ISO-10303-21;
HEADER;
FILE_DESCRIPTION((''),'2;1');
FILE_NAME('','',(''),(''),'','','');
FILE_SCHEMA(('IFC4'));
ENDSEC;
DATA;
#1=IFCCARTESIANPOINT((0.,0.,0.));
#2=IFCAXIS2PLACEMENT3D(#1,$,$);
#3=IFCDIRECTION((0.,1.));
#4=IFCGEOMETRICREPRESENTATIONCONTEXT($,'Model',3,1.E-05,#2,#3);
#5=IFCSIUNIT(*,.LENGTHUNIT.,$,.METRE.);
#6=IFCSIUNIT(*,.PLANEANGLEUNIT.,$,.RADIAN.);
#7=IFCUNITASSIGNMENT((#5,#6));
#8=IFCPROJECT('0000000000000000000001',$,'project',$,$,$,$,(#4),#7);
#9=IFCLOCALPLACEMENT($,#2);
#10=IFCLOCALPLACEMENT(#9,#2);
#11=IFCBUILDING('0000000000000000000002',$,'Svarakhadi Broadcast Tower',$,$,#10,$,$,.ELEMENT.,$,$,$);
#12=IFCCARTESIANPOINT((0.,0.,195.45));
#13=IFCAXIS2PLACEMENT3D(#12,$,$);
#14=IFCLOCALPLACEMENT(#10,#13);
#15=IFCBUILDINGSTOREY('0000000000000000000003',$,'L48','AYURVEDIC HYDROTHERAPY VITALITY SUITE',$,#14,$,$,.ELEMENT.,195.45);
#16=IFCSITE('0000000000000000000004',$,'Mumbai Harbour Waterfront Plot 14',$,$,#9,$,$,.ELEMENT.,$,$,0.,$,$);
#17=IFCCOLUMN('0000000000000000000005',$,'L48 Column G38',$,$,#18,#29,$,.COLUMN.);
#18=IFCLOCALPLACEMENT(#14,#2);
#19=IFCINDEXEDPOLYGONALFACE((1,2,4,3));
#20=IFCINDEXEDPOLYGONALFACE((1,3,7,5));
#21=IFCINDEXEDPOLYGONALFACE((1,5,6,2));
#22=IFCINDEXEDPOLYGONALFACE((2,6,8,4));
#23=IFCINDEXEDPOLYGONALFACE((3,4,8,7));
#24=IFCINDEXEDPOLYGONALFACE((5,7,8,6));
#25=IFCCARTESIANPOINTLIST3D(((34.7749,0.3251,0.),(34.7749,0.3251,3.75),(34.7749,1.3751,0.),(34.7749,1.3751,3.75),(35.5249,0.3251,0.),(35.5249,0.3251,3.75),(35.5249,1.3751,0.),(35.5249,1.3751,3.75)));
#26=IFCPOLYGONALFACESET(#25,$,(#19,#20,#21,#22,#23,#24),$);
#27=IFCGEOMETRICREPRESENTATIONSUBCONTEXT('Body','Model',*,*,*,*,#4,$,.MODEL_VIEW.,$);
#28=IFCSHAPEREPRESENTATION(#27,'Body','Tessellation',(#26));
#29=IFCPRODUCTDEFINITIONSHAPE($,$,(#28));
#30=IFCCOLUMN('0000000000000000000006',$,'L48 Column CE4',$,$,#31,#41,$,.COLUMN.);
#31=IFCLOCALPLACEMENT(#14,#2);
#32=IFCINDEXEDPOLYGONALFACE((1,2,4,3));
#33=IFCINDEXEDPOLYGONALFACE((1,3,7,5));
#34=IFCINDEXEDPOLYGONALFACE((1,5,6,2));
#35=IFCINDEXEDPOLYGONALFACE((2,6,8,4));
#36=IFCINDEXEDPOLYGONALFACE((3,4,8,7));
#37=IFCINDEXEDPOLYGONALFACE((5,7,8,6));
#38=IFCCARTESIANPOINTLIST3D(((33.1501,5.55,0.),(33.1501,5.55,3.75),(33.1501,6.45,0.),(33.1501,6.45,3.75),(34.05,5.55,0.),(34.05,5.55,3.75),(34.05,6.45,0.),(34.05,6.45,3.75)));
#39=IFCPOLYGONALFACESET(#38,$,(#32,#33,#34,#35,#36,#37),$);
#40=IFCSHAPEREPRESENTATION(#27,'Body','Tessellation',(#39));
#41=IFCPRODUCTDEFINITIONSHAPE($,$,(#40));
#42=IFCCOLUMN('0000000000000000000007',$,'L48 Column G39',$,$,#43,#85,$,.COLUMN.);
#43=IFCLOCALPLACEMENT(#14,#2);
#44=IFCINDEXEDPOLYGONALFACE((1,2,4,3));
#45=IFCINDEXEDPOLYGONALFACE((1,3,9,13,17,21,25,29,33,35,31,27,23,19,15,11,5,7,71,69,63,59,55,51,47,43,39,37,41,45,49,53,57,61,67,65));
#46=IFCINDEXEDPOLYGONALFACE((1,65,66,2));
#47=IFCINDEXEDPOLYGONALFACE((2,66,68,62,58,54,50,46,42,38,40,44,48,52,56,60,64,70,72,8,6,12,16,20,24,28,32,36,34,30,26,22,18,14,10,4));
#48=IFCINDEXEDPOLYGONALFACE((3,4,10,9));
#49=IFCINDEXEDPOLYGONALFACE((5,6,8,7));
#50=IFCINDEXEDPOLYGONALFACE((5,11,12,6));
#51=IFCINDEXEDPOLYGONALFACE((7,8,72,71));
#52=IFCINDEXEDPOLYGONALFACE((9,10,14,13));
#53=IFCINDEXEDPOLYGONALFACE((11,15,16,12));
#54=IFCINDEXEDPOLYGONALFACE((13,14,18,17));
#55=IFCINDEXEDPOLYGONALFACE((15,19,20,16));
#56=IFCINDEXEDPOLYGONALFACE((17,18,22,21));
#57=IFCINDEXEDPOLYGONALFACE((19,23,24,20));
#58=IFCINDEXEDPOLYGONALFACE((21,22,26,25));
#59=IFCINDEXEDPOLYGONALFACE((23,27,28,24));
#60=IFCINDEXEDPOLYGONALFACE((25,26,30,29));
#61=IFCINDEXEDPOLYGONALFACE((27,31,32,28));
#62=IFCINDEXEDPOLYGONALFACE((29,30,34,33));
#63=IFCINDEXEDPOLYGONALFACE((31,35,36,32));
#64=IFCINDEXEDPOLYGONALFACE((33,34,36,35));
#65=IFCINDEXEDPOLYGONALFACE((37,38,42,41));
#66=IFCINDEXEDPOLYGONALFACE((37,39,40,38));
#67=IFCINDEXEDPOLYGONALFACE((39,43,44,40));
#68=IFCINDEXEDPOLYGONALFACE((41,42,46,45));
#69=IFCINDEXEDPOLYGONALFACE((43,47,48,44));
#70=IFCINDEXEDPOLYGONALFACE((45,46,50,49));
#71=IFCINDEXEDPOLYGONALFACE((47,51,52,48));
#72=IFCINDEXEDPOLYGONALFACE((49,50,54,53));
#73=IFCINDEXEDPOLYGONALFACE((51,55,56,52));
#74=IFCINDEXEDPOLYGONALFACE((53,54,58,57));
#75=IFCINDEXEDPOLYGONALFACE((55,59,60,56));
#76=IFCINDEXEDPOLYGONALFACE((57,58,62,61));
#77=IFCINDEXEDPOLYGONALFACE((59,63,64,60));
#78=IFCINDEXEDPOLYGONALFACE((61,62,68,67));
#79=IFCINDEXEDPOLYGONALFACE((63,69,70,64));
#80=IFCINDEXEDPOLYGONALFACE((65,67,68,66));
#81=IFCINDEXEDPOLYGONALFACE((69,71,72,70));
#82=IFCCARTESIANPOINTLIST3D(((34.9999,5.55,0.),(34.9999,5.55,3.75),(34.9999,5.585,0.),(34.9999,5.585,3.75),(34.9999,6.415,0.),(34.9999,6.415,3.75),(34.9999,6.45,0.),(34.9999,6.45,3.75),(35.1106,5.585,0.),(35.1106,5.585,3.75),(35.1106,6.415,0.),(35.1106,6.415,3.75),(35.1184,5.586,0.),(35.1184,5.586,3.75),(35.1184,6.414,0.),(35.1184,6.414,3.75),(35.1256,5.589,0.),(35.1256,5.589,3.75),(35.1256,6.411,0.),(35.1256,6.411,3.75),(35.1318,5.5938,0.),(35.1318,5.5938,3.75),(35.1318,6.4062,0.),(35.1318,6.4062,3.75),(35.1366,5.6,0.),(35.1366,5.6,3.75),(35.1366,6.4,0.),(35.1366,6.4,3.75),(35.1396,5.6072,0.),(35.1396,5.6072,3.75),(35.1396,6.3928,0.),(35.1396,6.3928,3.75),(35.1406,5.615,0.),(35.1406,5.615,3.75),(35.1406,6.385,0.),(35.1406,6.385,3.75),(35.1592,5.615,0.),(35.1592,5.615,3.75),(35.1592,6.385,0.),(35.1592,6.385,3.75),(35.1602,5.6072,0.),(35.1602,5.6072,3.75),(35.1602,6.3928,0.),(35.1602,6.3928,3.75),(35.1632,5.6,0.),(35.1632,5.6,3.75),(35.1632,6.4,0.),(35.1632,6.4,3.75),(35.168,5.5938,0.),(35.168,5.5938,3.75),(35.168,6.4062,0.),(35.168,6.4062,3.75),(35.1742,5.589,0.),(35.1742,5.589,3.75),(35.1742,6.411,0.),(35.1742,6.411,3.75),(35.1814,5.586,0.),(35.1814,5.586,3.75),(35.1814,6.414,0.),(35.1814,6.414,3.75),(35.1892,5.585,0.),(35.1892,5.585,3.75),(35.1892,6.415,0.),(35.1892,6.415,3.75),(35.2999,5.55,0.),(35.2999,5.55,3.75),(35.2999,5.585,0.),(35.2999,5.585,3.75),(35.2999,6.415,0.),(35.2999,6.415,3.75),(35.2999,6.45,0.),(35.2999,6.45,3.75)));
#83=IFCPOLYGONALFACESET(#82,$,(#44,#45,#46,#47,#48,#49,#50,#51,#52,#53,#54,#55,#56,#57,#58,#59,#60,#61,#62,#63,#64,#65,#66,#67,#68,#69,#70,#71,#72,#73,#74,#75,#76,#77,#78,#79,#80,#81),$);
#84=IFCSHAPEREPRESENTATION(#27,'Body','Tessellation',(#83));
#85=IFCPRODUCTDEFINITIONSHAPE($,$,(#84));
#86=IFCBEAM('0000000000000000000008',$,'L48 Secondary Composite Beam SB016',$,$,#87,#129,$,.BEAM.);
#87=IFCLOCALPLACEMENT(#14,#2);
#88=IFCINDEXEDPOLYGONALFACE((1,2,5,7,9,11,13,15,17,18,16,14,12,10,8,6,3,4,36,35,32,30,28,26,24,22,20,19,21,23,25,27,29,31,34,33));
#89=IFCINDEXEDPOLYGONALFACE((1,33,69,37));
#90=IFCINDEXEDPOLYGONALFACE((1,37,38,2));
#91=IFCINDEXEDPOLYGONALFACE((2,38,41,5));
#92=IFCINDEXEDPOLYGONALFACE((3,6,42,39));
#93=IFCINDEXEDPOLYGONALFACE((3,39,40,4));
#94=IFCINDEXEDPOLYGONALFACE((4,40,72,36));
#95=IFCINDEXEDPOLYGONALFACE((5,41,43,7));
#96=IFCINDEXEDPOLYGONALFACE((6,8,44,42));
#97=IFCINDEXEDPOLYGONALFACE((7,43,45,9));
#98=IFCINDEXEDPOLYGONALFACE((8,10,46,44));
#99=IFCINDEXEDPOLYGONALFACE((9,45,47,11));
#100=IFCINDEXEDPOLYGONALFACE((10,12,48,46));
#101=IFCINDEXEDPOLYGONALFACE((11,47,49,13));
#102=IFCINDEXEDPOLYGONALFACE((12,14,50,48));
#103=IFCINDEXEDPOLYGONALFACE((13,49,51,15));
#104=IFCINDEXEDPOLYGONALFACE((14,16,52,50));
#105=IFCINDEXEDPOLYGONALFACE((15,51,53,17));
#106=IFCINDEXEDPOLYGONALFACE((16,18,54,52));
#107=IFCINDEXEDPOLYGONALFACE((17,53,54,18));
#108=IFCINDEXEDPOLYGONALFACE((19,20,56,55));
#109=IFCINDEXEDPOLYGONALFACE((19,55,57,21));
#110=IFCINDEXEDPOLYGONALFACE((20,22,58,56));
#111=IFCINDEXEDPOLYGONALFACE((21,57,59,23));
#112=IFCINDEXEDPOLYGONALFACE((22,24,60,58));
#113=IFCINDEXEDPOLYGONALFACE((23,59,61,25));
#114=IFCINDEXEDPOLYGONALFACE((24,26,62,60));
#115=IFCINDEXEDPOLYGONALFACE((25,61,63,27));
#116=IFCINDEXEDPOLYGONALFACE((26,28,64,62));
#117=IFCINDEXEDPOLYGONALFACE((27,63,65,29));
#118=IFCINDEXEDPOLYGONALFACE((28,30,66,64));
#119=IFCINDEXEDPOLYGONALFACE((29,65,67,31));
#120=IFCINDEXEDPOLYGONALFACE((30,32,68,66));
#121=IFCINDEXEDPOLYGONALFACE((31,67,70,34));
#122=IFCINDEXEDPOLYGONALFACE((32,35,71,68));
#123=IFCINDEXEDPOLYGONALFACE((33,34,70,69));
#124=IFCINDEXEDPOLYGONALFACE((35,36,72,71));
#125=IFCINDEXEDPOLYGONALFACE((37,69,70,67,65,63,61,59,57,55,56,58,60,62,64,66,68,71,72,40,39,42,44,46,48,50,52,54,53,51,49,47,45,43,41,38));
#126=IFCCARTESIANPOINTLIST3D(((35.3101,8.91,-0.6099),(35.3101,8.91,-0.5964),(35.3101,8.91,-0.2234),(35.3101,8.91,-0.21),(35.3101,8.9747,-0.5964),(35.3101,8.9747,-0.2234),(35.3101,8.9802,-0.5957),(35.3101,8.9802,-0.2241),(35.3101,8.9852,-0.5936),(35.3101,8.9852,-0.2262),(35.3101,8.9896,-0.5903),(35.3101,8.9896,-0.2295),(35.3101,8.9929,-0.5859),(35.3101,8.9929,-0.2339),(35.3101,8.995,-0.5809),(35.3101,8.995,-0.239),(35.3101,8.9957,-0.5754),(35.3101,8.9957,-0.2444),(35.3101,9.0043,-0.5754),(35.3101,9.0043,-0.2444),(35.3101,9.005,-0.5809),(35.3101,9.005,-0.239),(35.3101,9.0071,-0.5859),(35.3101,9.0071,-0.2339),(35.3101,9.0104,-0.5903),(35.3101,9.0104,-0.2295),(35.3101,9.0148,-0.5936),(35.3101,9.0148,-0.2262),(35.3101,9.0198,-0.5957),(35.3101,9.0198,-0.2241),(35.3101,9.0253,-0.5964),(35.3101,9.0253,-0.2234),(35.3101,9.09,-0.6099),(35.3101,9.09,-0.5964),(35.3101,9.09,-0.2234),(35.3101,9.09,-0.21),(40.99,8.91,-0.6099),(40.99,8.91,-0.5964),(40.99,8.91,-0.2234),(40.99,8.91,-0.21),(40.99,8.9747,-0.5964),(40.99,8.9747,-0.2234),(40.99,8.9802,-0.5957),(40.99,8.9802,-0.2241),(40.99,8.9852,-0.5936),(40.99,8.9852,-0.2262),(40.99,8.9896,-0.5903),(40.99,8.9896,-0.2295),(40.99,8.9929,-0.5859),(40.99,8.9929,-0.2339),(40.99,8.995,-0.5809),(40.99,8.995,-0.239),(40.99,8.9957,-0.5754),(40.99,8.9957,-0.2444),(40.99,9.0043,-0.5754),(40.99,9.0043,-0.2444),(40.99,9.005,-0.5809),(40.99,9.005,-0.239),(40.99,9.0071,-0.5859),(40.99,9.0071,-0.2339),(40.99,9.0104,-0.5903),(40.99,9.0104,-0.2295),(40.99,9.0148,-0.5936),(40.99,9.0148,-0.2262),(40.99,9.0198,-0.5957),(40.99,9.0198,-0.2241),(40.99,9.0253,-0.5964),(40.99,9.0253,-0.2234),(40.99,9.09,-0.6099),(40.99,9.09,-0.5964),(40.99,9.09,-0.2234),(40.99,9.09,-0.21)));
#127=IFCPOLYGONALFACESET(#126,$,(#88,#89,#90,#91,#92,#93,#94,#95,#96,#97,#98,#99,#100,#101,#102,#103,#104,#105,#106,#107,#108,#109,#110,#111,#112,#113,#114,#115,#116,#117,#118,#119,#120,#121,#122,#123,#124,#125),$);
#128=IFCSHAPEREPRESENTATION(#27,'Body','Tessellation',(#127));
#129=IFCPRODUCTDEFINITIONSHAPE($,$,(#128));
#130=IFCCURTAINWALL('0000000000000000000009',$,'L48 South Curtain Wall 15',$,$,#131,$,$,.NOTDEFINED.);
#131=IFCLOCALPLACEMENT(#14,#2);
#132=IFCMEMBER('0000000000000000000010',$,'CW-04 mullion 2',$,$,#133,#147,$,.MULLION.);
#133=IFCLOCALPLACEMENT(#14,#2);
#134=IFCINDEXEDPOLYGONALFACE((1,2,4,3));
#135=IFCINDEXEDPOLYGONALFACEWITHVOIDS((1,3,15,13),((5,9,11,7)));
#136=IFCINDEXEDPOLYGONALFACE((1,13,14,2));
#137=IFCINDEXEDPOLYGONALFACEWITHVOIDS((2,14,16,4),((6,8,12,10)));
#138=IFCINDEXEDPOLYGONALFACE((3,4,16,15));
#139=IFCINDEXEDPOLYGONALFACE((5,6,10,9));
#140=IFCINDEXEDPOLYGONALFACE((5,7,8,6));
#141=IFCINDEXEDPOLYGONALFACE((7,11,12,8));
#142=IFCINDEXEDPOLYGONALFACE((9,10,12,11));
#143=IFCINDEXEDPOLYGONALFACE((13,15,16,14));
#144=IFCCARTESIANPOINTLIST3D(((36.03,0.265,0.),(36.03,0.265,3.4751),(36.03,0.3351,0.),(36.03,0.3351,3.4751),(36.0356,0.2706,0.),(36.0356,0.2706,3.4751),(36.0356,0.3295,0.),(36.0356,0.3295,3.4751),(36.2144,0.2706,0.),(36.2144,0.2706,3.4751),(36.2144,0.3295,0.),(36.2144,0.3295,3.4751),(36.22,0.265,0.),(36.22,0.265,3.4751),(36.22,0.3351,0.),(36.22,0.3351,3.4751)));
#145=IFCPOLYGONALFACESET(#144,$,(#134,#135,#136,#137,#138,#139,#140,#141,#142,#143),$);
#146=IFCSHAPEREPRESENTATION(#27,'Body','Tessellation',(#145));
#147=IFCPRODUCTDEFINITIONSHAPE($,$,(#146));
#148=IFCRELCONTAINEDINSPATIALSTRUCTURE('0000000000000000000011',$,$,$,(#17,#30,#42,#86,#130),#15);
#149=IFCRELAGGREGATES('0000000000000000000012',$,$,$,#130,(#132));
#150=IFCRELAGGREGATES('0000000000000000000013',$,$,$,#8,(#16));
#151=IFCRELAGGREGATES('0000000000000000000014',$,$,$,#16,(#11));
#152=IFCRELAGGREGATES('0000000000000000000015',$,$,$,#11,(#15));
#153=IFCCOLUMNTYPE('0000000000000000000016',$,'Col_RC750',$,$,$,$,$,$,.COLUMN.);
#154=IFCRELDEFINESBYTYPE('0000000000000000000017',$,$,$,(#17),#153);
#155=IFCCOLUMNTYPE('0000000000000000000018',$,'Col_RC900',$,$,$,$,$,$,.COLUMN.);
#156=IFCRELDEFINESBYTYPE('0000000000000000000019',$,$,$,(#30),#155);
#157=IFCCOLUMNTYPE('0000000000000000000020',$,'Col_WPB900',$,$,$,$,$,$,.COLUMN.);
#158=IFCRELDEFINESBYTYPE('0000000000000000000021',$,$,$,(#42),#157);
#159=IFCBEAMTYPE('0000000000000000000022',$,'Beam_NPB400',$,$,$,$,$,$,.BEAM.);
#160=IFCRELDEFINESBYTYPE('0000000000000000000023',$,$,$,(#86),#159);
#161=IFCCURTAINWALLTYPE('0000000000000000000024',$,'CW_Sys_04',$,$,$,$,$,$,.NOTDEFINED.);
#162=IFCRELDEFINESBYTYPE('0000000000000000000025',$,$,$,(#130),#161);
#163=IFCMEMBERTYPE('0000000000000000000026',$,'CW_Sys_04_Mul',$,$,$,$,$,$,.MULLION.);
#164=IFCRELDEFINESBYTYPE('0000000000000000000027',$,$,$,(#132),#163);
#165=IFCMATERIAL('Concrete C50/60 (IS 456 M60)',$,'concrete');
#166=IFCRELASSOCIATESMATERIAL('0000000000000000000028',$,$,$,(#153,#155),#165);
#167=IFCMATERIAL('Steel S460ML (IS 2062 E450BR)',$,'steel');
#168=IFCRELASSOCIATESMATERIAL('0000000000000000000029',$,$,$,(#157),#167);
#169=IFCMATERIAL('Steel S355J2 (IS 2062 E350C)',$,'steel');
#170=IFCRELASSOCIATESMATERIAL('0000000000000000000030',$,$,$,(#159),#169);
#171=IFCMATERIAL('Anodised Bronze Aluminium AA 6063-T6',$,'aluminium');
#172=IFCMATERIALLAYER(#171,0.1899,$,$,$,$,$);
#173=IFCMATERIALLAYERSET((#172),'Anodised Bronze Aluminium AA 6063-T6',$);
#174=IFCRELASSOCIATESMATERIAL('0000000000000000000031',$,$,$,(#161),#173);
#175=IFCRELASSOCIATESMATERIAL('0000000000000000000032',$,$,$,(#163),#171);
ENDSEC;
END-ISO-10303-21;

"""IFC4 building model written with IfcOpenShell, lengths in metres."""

from ifc_helpers import new_model, si_unit, direction, frame, origin, origin_2d, place, context, subcontext, project, spatial, rectangle, hollow_rectangle, i_section, extrude, material, layer, layer_set, material_profile, profile_set, type_object, element, aggregate, save


model = new_model("IFC4")

# Units and contexts
model_context = context("Model", 3, precision=1e-05, world=origin(), true_north=direction((0.0, 1.0)))
body_context = subcontext(model_context, "Body", "Model", "MODEL_VIEW")
ifc_project = project(units=[si_unit("LENGTHUNIT", "METRE"), si_unit("PLANEANGLEUNIT", "RADIAN")], contexts=[model_context])

# Site, building, storey
site_placement = place(None, origin())
site = spatial("IfcSite", under=ifc_project, at=site_placement, Name="Mumbai Harbour Waterfront Plot 14", CompositionType="ELEMENT", RefElevation=0.0)
building_placement = place(site_placement, origin())
building = spatial("IfcBuilding", under=site, at=building_placement, Name="Svarakhadi Broadcast Tower", CompositionType="ELEMENT")
storey_placement = place(building_placement, frame((0.0, 0.0, 195.45)))
storey = spatial("IfcBuildingStorey", under=building, at=storey_placement, Name="L48", Description="AYURVEDIC HYDROTHERAPY VITALITY SUITE", CompositionType="ELEMENT", Elevation=195.45)

# Columns
ifc_material_1 = material(Name="Concrete C50/60 (IS 456 M60)", Category="concrete")
ifc_material_profile_1 = material_profile(ifc_material_1, rectangle(XDim=0.75, YDim=1.05, at=origin_2d()), Name="RC 750x1050")
ifc_profile_set_1 = profile_set([ifc_material_profile_1], Name="Concrete C50/60 (IS 456 M60)")
column_type_1 = type_object("IfcColumnType", Name="Col_RC750", PredefinedType="COLUMN", material=ifc_profile_set_1)
column_1_placement = place(storey_placement, frame((35.1499, 0.8501, 0.0), z_axis=(0.0, 0.0, 1.0), x_axis=(1.0, 0.0, 0.0)))
element("IfcColumn", 1, at=column_1_placement, inside=storey, type_object=column_type_1, Name="L48 Column G38", PredefinedType="COLUMN", context=body_context, shape_type="SweptSolid", body=[
    extrude(rectangle(XDim=0.75, YDim=1.05, at=origin_2d()), origin(), (0.0, 0.0, 1.0), 3.75),
])
ifc_material_profile_2 = material_profile(ifc_material_1, rectangle(XDim=0.8999, YDim=0.8999, at=origin_2d()), Name="RC 900x900")
ifc_profile_set_2 = profile_set([ifc_material_profile_2], Name="Concrete C50/60 (IS 456 M60)")
column_type_2 = type_object("IfcColumnType", Name="Col_RC900", PredefinedType="COLUMN", material=ifc_profile_set_2)
column_2_placement = place(storey_placement, frame((33.6001, 6.0, 0.0), z_axis=(0.0, 0.0, 1.0), x_axis=(1.0, 0.0, 0.0)))
element("IfcColumn", 2, at=column_2_placement, inside=storey, type_object=column_type_2, Name="L48 Column CE4", PredefinedType="COLUMN", context=body_context, shape_type="SweptSolid", body=[
    extrude(rectangle(XDim=0.8999, YDim=0.8999, at=origin_2d()), origin(), (0.0, 0.0, 1.0), 3.75),
])
ifc_material_2 = material(Name="Steel S460ML (IS 2062 E450BR)", Category="steel")
ifc_material_profile_3 = material_profile(ifc_material_2, i_section(OverallWidth=0.3, OverallDepth=0.8999, WebThickness=0.0186, FlangeThickness=0.0349, FilletRadius=0.03, at=origin_2d()), Name="WPB 900x300x291")
ifc_profile_set_3 = profile_set([ifc_material_profile_3], Name="Steel S460ML (IS 2062 E450BR)")
column_type_3 = type_object("IfcColumnType", Name="Col_WPB900", PredefinedType="COLUMN", material=ifc_profile_set_3)
column_3_placement = place(storey_placement, frame((35.1499, 6.0, 0.0), z_axis=(0.0, 0.0, 1.0), x_axis=(1.0, 0.0, 0.0)))
element("IfcColumn", 3, at=column_3_placement, inside=storey, type_object=column_type_3, Name="L48 Column G39", PredefinedType="COLUMN", context=body_context, shape_type="SweptSolid", body=[
    extrude(i_section(OverallWidth=0.3, OverallDepth=0.8999, WebThickness=0.0186, FlangeThickness=0.0349, FilletRadius=0.03, at=origin_2d()), origin(), (0.0, 0.0, 1.0), 3.75),
])

# Beam
ifc_material_3 = material(Name="Steel S355J2 (IS 2062 E350C)", Category="steel")
ifc_material_profile_4 = material_profile(ifc_material_3, i_section(OverallWidth=0.1799, OverallDepth=0.3999, WebThickness=0.0085, FlangeThickness=0.0134, FilletRadius=0.021, at=origin_2d()), Name="NPB 400x180x66")
ifc_profile_set_4 = profile_set([ifc_material_profile_4], Name="Steel S355J2 (IS 2062 E350C)")
beam_type_1 = type_object("IfcBeamType", Name="Beam_NPB400", PredefinedType="BEAM", material=ifc_profile_set_4)
beam_1_placement = place(storey_placement, frame((35.3101, 9.0, -0.4099), z_axis=(1.0, 0.0, 0.0), x_axis=(0.0, 1.0, 0.0)))
element("IfcBeam", 4, at=beam_1_placement, inside=storey, type_object=beam_type_1, Name="L48 Secondary Composite Beam SB016", PredefinedType="BEAM", context=body_context, shape_type="SweptSolid", body=[
    extrude(i_section(OverallWidth=0.1799, OverallDepth=0.3999, WebThickness=0.0085, FlangeThickness=0.0134, FilletRadius=0.021, at=origin_2d()), origin(), (0.0, 0.0, 1.0), 5.6799),
])

# Curtain wall, member
ifc_material_4 = material(Name="Anodised Bronze Aluminium AA 6063-T6", Category="aluminium")
ifc_layer_1 = layer(ifc_material_4, 0.1899)
ifc_layer_set_1 = layer_set([ifc_layer_1], Name="Anodised Bronze Aluminium AA 6063-T6")
curtain_wall_type = type_object("IfcCurtainWallType", Name="CW_Sys_04", PredefinedType="NOTDEFINED", material=ifc_layer_set_1)
curtain_wall_placement = place(storey_placement, origin())
curtain_wall = element("IfcCurtainWall", 5, at=curtain_wall_placement, inside=storey, type_object=curtain_wall_type, Name="L48 South Curtain Wall 15", PredefinedType="NOTDEFINED")
ifc_material_profile_5 = material_profile(ifc_material_4, hollow_rectangle(XDim=0.0701, YDim=0.1899, WallThickness=0.0056, at=origin_2d()), Name="ALU MULLION 190x70x6")
ifc_profile_set_5 = profile_set([ifc_material_profile_5], Name="Anodised Bronze Aluminium AA 6063-T6")
member_type = type_object("IfcMemberType", Name="CW_Sys_04_Mul", PredefinedType="MULLION", material=ifc_profile_set_5)
member_placement = place(storey_placement, frame((36.125, 0.3, 0.0), z_axis=(0.0, 0.0, 1.0), x_axis=(0.0, -1.0, 0.0)))
member = element("IfcMember", 6, at=member_placement, type_object=member_type, Name="CW-04 mullion 2", PredefinedType="MULLION", context=body_context, shape_type="SweptSolid", body=[
    extrude(hollow_rectangle(XDim=0.0701, YDim=0.1899, WallThickness=0.0056, at=origin_2d()), origin(), (0.0, 0.0, 1.0), 3.4751),
])
aggregate(curtain_wall, [member])

save(model, "model.ifc")
